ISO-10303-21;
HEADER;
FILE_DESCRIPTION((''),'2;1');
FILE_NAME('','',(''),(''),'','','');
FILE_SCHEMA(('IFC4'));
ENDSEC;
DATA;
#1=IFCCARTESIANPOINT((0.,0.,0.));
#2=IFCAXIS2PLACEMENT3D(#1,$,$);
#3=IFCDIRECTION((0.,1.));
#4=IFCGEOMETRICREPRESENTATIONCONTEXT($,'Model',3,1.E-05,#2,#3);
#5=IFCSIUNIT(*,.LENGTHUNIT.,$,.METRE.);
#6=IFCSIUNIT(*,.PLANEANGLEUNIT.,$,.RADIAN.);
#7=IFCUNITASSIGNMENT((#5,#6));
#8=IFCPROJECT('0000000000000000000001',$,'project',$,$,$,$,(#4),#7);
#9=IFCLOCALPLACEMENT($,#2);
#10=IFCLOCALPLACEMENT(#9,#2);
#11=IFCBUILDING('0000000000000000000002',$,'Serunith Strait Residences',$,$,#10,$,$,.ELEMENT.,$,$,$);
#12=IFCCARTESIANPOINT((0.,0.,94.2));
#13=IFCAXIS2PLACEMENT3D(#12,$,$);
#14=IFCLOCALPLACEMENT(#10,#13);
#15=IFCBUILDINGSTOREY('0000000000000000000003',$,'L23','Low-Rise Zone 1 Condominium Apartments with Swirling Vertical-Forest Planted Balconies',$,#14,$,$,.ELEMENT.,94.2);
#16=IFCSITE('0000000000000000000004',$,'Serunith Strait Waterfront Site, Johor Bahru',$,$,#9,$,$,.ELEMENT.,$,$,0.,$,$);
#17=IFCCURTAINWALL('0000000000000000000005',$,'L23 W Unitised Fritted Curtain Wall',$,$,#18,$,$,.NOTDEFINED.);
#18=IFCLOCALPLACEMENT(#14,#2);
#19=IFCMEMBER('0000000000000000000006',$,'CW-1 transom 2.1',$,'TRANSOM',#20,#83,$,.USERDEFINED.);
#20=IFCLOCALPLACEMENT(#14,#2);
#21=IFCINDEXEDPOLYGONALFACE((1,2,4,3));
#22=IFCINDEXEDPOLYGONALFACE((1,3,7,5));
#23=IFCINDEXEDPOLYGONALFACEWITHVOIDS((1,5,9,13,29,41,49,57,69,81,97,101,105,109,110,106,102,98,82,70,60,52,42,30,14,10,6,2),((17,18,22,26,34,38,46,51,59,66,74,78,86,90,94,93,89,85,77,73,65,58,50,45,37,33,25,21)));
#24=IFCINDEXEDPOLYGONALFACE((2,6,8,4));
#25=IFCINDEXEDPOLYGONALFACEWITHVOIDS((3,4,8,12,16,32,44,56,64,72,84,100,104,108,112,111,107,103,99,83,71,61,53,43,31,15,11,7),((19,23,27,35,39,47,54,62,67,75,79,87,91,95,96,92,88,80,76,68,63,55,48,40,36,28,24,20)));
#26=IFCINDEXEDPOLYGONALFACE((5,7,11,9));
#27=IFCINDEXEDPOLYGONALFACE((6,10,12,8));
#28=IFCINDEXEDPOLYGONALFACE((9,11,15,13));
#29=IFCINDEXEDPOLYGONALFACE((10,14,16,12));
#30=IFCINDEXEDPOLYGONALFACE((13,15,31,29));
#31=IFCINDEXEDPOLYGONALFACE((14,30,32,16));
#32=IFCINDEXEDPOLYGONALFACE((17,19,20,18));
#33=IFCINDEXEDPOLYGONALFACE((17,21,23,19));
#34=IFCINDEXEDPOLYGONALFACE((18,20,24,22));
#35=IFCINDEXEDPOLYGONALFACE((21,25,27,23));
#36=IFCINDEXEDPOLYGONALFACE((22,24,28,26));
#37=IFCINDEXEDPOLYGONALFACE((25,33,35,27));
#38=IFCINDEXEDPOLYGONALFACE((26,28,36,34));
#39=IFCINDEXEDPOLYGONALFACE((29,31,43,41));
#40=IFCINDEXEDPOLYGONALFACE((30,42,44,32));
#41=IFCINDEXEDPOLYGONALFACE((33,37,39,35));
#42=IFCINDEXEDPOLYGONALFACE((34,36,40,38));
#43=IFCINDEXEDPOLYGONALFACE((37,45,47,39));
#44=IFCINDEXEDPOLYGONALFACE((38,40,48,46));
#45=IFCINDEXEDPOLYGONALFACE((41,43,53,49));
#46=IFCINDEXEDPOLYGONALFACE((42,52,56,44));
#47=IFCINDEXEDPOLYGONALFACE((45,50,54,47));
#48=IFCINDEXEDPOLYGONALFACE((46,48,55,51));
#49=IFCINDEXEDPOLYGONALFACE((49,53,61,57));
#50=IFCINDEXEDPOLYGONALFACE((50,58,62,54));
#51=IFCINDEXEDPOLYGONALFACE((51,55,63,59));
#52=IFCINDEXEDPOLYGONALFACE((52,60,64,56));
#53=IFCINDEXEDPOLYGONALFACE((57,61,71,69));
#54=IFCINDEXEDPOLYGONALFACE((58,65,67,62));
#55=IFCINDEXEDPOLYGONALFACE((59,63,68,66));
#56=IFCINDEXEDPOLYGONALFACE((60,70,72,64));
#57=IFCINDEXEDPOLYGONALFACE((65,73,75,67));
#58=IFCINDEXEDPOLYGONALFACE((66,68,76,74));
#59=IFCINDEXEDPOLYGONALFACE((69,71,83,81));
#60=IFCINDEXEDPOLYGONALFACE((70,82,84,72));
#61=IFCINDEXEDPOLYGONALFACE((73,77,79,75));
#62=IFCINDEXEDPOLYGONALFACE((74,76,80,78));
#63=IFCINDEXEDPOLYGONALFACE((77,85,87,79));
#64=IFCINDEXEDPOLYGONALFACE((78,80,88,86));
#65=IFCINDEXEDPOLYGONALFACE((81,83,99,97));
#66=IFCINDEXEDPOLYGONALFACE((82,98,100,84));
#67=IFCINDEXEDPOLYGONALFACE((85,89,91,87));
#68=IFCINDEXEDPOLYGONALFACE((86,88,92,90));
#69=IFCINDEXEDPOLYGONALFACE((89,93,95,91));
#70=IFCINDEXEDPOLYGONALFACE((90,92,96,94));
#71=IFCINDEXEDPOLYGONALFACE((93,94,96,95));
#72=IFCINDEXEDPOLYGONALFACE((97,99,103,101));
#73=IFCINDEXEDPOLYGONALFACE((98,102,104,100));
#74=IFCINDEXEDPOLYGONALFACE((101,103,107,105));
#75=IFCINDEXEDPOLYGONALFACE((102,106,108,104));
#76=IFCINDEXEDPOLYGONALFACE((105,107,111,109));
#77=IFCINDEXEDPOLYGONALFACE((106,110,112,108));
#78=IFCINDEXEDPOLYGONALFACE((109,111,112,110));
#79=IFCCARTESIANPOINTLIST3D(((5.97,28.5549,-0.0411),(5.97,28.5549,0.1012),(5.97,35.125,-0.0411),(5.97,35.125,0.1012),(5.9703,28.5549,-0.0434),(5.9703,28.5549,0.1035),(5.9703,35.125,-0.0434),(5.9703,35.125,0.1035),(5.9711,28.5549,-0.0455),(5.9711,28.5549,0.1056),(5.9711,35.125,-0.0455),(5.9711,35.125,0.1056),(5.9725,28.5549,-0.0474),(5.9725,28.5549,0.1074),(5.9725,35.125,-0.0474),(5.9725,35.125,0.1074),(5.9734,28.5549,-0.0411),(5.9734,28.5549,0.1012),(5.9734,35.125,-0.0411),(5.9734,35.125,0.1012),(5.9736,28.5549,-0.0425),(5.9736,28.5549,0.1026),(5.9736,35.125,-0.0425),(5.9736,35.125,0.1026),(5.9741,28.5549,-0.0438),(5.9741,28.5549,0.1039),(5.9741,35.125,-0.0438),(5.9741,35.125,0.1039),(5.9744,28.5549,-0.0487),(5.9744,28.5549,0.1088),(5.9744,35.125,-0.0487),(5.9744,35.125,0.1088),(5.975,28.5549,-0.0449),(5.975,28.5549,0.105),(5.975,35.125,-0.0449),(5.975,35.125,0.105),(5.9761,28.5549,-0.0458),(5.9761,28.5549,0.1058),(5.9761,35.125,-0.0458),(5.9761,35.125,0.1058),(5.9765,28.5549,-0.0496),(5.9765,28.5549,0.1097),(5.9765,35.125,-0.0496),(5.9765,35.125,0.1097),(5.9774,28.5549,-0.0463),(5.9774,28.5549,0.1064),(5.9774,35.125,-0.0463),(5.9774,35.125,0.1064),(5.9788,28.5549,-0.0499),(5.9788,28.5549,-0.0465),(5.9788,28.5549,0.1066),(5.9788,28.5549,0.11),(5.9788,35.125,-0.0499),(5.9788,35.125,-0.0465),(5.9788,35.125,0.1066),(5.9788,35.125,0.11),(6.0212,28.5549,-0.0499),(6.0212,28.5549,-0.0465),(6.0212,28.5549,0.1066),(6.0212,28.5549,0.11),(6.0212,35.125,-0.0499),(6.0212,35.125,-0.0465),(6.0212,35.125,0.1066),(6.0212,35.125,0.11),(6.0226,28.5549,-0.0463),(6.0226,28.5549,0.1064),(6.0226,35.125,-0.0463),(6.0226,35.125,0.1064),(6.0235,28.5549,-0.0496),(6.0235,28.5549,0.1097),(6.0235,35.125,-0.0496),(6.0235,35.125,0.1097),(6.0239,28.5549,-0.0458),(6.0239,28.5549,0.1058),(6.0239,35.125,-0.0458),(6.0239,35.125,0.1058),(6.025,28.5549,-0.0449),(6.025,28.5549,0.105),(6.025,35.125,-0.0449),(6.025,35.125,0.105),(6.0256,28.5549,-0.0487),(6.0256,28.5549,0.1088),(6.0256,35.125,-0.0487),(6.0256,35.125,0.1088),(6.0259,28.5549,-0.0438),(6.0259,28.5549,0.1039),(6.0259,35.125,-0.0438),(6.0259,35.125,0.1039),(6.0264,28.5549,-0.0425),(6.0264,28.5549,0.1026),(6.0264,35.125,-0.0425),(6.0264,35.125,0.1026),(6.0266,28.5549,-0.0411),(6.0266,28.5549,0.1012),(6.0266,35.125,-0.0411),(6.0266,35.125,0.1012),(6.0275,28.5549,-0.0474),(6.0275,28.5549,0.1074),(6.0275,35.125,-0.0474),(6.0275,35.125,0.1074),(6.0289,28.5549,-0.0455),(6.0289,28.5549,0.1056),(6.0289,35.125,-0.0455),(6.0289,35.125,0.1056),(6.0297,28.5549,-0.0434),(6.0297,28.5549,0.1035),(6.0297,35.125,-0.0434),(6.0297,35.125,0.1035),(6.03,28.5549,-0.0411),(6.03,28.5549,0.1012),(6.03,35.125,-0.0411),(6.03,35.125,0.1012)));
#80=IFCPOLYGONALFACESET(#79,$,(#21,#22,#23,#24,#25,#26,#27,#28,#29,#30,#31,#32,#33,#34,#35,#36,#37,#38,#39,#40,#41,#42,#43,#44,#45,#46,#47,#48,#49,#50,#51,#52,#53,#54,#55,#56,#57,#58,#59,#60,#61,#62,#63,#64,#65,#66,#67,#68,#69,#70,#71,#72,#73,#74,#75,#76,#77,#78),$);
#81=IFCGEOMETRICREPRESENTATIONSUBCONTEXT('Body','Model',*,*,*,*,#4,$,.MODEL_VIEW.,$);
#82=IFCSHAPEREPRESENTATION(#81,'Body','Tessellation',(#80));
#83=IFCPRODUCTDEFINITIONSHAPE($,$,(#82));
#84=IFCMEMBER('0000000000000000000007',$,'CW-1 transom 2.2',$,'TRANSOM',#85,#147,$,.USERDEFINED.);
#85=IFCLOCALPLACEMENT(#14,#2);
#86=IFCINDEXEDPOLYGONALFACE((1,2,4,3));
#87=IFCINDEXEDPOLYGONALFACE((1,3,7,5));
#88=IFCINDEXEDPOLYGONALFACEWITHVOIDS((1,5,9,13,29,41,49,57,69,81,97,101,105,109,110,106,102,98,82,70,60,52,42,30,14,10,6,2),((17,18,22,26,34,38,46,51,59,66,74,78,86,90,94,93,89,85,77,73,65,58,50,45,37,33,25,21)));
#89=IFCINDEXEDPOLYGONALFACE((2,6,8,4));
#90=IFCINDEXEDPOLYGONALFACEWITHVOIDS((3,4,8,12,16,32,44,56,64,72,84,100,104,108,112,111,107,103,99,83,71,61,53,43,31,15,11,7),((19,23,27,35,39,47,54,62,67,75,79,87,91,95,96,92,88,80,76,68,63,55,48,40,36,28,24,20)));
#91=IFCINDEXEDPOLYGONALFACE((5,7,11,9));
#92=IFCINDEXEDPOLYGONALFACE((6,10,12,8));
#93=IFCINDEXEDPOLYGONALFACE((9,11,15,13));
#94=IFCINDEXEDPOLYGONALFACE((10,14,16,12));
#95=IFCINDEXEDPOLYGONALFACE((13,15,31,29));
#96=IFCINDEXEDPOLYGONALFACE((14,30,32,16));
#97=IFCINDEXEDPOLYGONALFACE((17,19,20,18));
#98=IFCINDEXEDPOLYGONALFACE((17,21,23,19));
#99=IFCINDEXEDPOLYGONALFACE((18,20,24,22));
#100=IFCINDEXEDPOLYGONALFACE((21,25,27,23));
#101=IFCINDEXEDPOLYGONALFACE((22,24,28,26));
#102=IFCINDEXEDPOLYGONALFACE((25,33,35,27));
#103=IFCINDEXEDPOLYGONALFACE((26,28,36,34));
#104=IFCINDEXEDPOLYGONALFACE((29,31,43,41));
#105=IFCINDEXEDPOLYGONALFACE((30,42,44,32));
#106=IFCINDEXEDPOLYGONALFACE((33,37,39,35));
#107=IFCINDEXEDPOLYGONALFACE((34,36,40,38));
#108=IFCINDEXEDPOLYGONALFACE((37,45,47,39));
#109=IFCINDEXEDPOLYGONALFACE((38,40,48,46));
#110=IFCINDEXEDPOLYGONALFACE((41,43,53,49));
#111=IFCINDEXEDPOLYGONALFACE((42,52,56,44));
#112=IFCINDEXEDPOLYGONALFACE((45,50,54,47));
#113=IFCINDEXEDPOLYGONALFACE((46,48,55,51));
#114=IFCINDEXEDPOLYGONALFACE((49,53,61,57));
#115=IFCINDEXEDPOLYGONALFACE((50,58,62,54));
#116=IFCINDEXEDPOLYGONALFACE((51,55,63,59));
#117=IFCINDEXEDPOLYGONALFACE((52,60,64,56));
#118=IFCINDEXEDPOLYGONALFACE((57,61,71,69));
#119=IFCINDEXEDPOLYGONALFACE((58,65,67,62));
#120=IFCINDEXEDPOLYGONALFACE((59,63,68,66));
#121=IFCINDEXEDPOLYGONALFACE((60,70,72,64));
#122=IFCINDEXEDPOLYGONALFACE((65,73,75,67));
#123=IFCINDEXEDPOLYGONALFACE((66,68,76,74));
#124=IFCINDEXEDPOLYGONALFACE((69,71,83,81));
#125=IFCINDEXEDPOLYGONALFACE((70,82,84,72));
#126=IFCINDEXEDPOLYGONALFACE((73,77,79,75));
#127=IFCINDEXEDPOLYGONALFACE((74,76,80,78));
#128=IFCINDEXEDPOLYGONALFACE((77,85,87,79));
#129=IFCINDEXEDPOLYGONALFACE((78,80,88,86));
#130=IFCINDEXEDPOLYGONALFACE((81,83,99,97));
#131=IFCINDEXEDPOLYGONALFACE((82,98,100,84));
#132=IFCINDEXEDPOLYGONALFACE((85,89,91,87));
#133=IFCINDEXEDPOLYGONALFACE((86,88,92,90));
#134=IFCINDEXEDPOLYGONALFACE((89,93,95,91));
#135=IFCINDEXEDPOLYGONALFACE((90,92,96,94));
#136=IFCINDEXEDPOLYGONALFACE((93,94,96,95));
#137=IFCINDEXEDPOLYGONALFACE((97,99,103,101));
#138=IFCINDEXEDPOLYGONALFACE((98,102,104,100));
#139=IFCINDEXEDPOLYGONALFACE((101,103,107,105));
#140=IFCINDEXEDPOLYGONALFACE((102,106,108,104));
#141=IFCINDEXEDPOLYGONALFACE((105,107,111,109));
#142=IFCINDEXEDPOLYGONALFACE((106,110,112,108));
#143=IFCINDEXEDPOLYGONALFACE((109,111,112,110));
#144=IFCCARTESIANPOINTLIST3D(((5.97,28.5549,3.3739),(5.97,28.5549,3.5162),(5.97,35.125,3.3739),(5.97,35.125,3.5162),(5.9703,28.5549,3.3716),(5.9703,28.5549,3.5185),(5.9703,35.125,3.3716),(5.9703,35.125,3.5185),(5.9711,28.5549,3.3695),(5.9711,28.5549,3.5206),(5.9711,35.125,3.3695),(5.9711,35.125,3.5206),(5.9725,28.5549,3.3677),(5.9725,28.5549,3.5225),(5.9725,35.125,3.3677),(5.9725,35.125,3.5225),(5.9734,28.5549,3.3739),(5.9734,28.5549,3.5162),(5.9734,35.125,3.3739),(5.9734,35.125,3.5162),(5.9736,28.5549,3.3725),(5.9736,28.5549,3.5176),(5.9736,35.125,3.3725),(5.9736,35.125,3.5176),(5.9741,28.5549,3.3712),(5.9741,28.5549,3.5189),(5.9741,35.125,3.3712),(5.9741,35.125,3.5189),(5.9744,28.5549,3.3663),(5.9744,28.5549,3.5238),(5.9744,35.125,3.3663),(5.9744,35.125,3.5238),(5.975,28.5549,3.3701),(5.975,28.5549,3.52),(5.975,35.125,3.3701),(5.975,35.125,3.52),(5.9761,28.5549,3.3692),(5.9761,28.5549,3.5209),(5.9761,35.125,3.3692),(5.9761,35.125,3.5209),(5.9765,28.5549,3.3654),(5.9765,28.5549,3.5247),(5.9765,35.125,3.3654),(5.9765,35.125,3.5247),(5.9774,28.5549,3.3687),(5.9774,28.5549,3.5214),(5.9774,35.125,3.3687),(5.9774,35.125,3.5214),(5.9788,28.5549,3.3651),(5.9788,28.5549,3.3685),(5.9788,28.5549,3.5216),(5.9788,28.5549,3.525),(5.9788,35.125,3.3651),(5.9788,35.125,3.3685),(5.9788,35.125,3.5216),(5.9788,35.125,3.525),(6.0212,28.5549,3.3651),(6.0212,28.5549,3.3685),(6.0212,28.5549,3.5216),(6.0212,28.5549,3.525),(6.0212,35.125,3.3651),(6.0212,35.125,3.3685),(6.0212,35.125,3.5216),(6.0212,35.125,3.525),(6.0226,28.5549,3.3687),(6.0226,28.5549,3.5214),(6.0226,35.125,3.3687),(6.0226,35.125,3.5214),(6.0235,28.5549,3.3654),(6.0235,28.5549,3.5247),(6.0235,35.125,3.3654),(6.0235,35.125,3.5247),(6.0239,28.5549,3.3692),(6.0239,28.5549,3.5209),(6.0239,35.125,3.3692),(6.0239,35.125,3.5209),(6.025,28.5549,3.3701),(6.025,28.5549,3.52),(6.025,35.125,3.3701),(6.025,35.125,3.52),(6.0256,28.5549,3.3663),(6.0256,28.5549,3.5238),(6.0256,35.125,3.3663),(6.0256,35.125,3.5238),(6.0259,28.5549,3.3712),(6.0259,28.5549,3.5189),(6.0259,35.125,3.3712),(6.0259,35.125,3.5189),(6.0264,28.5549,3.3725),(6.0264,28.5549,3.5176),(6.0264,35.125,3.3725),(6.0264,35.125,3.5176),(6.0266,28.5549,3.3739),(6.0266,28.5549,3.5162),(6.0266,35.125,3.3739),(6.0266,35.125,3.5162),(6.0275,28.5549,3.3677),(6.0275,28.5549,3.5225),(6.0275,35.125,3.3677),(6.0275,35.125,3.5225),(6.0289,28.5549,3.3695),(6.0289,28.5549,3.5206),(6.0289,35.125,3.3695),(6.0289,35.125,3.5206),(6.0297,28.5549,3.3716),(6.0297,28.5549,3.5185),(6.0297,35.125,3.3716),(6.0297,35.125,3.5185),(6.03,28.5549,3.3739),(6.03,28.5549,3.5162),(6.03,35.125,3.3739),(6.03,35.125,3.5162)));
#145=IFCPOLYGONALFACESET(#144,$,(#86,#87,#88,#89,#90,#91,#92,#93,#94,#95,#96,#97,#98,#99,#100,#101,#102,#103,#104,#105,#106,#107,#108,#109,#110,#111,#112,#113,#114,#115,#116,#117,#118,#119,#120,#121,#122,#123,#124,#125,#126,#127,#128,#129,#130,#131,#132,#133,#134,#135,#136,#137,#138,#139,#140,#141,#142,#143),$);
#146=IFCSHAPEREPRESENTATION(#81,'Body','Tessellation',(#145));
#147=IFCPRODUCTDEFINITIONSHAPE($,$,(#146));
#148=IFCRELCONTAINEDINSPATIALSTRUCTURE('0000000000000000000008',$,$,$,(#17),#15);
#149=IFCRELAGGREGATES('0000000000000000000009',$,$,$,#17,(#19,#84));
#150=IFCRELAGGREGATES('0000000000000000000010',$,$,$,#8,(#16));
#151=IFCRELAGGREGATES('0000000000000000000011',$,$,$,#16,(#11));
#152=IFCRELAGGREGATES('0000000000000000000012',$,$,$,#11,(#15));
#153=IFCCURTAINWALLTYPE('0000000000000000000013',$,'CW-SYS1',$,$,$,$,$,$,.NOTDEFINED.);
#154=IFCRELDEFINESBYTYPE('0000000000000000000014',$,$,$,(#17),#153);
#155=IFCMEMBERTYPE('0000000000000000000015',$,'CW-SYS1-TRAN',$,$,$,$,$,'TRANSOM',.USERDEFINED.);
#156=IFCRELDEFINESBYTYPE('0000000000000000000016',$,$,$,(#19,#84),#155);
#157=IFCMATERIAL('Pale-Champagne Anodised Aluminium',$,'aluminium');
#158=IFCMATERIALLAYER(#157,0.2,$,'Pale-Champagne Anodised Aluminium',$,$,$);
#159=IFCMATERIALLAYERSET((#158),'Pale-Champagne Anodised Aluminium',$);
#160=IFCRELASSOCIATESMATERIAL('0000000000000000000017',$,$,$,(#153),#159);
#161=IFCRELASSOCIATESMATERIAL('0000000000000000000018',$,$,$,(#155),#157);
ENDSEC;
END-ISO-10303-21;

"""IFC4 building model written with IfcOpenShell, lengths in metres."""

from ifc_helpers import new_model, si_unit, direction, frame, origin, origin_2d, place, context, subcontext, project, spatial, hollow_rectangle, extrude, source, transform, mapped, material, layer, layer_set, material_profile, profile_set, type_object, element, aggregate, save


model = new_model("IFC4")

# Units and contexts
model_context = context("Model", 3, precision=1e-05, world=origin(), true_north=direction((0.0, 1.0)))
body_context = subcontext(model_context, "Body", "Model", "MODEL_VIEW")
ifc_project = project(units=[si_unit("LENGTHUNIT", "METRE"), si_unit("PLANEANGLEUNIT", "RADIAN")], contexts=[model_context])

# Site, building, storey
site_placement = place(None, origin())
site = spatial("IfcSite", under=ifc_project, at=site_placement, Name="Serunith Strait Waterfront Site, Johor Bahru", CompositionType="ELEMENT", RefElevation=0.0)
building_placement = place(site_placement, origin())
building = spatial("IfcBuilding", under=site, at=building_placement, Name="Serunith Strait Residences", CompositionType="ELEMENT")
storey_placement = place(building_placement, frame((0.0, 0.0, 94.2)))
storey = spatial("IfcBuildingStorey", under=building, at=storey_placement, Name="L23", Description="Low-Rise Zone 1 Condominium Apartments with Swirling Vertical-Forest Planted Balconies", CompositionType="ELEMENT", Elevation=94.2)

# Curtain wall, members
ifc_material_1 = material(Name="Pale-Champagne Anodised Aluminium", Category="aluminium")
ifc_layer_1 = layer(ifc_material_1, 0.2, Name="Pale-Champagne Anodised Aluminium")
ifc_layer_set_1 = layer_set([ifc_layer_1], Name="Pale-Champagne Anodised Aluminium")
curtain_wall_type = type_object("IfcCurtainWallType", Name="CW-SYS1", PredefinedType="NOTDEFINED", material=ifc_layer_set_1)
curtain_wall_placement = place(storey_placement, origin())
curtain_wall = element("IfcCurtainWall", 1, at=curtain_wall_placement, inside=storey, type_object=curtain_wall_type, Name="L23 W Unitised Fritted Curtain Wall", PredefinedType="NOTDEFINED")
ifc_material_profile_1 = material_profile(ifc_material_1, hollow_rectangle(XDim=0.0601, YDim=0.1599, WallThickness=0.0034, InnerFilletRadius=0.0054, OuterFilletRadius=0.0088, at=origin_2d()), Name="ALU 160x60x3.5")
ifc_profile_set_1 = profile_set([ifc_material_profile_1], Name="Pale-Champagne Anodised Aluminium")
member_type_1 = type_object("IfcMemberType", Name="CW-SYS1-TRAN", ElementType="TRANSOM", PredefinedType="USERDEFINED", material=ifc_profile_set_1)
shared_shape_1 = source(origin(), body_context, "Body", "SweptSolid", [
    extrude(hollow_rectangle(XDim=0.0601, YDim=0.1599, WallThickness=0.0034, InnerFilletRadius=0.0054, OuterFilletRadius=0.0088, at=origin_2d()), origin(), (0.0, 0.0, 1.0), 6.5701),
])
member_1_placement = place(storey_placement, frame((6.0, 35.125, 0.03), z_axis=(0.0, -1.0, 0.0), x_axis=(1.0, 0.0, 0.0)))
member_1 = element("IfcMember", 2, at=member_1_placement, type_object=member_type_1, Name="CW-1 transom 2.1", ObjectType="TRANSOM", PredefinedType="USERDEFINED", context=body_context, shape_type="MappedRepresentation", body=[
    mapped(shared_shape_1, transform((0.0, 0.0, 0.0), scale=1.0)),
])
member_2_placement = place(storey_placement, frame((6.0, 35.125, 3.4451), z_axis=(0.0, -1.0, 0.0), x_axis=(1.0, 0.0, 0.0)))
member_2 = element("IfcMember", 3, at=member_2_placement, type_object=member_type_1, Name="CW-1 transom 2.2", ObjectType="TRANSOM", PredefinedType="USERDEFINED", context=body_context, shape_type="MappedRepresentation", body=[
    mapped(shared_shape_1, transform((0.0, 0.0, 0.0), scale=1.0)),
])
aggregate(curtain_wall, [member_1, member_2])

save(model, "model.ifc")
